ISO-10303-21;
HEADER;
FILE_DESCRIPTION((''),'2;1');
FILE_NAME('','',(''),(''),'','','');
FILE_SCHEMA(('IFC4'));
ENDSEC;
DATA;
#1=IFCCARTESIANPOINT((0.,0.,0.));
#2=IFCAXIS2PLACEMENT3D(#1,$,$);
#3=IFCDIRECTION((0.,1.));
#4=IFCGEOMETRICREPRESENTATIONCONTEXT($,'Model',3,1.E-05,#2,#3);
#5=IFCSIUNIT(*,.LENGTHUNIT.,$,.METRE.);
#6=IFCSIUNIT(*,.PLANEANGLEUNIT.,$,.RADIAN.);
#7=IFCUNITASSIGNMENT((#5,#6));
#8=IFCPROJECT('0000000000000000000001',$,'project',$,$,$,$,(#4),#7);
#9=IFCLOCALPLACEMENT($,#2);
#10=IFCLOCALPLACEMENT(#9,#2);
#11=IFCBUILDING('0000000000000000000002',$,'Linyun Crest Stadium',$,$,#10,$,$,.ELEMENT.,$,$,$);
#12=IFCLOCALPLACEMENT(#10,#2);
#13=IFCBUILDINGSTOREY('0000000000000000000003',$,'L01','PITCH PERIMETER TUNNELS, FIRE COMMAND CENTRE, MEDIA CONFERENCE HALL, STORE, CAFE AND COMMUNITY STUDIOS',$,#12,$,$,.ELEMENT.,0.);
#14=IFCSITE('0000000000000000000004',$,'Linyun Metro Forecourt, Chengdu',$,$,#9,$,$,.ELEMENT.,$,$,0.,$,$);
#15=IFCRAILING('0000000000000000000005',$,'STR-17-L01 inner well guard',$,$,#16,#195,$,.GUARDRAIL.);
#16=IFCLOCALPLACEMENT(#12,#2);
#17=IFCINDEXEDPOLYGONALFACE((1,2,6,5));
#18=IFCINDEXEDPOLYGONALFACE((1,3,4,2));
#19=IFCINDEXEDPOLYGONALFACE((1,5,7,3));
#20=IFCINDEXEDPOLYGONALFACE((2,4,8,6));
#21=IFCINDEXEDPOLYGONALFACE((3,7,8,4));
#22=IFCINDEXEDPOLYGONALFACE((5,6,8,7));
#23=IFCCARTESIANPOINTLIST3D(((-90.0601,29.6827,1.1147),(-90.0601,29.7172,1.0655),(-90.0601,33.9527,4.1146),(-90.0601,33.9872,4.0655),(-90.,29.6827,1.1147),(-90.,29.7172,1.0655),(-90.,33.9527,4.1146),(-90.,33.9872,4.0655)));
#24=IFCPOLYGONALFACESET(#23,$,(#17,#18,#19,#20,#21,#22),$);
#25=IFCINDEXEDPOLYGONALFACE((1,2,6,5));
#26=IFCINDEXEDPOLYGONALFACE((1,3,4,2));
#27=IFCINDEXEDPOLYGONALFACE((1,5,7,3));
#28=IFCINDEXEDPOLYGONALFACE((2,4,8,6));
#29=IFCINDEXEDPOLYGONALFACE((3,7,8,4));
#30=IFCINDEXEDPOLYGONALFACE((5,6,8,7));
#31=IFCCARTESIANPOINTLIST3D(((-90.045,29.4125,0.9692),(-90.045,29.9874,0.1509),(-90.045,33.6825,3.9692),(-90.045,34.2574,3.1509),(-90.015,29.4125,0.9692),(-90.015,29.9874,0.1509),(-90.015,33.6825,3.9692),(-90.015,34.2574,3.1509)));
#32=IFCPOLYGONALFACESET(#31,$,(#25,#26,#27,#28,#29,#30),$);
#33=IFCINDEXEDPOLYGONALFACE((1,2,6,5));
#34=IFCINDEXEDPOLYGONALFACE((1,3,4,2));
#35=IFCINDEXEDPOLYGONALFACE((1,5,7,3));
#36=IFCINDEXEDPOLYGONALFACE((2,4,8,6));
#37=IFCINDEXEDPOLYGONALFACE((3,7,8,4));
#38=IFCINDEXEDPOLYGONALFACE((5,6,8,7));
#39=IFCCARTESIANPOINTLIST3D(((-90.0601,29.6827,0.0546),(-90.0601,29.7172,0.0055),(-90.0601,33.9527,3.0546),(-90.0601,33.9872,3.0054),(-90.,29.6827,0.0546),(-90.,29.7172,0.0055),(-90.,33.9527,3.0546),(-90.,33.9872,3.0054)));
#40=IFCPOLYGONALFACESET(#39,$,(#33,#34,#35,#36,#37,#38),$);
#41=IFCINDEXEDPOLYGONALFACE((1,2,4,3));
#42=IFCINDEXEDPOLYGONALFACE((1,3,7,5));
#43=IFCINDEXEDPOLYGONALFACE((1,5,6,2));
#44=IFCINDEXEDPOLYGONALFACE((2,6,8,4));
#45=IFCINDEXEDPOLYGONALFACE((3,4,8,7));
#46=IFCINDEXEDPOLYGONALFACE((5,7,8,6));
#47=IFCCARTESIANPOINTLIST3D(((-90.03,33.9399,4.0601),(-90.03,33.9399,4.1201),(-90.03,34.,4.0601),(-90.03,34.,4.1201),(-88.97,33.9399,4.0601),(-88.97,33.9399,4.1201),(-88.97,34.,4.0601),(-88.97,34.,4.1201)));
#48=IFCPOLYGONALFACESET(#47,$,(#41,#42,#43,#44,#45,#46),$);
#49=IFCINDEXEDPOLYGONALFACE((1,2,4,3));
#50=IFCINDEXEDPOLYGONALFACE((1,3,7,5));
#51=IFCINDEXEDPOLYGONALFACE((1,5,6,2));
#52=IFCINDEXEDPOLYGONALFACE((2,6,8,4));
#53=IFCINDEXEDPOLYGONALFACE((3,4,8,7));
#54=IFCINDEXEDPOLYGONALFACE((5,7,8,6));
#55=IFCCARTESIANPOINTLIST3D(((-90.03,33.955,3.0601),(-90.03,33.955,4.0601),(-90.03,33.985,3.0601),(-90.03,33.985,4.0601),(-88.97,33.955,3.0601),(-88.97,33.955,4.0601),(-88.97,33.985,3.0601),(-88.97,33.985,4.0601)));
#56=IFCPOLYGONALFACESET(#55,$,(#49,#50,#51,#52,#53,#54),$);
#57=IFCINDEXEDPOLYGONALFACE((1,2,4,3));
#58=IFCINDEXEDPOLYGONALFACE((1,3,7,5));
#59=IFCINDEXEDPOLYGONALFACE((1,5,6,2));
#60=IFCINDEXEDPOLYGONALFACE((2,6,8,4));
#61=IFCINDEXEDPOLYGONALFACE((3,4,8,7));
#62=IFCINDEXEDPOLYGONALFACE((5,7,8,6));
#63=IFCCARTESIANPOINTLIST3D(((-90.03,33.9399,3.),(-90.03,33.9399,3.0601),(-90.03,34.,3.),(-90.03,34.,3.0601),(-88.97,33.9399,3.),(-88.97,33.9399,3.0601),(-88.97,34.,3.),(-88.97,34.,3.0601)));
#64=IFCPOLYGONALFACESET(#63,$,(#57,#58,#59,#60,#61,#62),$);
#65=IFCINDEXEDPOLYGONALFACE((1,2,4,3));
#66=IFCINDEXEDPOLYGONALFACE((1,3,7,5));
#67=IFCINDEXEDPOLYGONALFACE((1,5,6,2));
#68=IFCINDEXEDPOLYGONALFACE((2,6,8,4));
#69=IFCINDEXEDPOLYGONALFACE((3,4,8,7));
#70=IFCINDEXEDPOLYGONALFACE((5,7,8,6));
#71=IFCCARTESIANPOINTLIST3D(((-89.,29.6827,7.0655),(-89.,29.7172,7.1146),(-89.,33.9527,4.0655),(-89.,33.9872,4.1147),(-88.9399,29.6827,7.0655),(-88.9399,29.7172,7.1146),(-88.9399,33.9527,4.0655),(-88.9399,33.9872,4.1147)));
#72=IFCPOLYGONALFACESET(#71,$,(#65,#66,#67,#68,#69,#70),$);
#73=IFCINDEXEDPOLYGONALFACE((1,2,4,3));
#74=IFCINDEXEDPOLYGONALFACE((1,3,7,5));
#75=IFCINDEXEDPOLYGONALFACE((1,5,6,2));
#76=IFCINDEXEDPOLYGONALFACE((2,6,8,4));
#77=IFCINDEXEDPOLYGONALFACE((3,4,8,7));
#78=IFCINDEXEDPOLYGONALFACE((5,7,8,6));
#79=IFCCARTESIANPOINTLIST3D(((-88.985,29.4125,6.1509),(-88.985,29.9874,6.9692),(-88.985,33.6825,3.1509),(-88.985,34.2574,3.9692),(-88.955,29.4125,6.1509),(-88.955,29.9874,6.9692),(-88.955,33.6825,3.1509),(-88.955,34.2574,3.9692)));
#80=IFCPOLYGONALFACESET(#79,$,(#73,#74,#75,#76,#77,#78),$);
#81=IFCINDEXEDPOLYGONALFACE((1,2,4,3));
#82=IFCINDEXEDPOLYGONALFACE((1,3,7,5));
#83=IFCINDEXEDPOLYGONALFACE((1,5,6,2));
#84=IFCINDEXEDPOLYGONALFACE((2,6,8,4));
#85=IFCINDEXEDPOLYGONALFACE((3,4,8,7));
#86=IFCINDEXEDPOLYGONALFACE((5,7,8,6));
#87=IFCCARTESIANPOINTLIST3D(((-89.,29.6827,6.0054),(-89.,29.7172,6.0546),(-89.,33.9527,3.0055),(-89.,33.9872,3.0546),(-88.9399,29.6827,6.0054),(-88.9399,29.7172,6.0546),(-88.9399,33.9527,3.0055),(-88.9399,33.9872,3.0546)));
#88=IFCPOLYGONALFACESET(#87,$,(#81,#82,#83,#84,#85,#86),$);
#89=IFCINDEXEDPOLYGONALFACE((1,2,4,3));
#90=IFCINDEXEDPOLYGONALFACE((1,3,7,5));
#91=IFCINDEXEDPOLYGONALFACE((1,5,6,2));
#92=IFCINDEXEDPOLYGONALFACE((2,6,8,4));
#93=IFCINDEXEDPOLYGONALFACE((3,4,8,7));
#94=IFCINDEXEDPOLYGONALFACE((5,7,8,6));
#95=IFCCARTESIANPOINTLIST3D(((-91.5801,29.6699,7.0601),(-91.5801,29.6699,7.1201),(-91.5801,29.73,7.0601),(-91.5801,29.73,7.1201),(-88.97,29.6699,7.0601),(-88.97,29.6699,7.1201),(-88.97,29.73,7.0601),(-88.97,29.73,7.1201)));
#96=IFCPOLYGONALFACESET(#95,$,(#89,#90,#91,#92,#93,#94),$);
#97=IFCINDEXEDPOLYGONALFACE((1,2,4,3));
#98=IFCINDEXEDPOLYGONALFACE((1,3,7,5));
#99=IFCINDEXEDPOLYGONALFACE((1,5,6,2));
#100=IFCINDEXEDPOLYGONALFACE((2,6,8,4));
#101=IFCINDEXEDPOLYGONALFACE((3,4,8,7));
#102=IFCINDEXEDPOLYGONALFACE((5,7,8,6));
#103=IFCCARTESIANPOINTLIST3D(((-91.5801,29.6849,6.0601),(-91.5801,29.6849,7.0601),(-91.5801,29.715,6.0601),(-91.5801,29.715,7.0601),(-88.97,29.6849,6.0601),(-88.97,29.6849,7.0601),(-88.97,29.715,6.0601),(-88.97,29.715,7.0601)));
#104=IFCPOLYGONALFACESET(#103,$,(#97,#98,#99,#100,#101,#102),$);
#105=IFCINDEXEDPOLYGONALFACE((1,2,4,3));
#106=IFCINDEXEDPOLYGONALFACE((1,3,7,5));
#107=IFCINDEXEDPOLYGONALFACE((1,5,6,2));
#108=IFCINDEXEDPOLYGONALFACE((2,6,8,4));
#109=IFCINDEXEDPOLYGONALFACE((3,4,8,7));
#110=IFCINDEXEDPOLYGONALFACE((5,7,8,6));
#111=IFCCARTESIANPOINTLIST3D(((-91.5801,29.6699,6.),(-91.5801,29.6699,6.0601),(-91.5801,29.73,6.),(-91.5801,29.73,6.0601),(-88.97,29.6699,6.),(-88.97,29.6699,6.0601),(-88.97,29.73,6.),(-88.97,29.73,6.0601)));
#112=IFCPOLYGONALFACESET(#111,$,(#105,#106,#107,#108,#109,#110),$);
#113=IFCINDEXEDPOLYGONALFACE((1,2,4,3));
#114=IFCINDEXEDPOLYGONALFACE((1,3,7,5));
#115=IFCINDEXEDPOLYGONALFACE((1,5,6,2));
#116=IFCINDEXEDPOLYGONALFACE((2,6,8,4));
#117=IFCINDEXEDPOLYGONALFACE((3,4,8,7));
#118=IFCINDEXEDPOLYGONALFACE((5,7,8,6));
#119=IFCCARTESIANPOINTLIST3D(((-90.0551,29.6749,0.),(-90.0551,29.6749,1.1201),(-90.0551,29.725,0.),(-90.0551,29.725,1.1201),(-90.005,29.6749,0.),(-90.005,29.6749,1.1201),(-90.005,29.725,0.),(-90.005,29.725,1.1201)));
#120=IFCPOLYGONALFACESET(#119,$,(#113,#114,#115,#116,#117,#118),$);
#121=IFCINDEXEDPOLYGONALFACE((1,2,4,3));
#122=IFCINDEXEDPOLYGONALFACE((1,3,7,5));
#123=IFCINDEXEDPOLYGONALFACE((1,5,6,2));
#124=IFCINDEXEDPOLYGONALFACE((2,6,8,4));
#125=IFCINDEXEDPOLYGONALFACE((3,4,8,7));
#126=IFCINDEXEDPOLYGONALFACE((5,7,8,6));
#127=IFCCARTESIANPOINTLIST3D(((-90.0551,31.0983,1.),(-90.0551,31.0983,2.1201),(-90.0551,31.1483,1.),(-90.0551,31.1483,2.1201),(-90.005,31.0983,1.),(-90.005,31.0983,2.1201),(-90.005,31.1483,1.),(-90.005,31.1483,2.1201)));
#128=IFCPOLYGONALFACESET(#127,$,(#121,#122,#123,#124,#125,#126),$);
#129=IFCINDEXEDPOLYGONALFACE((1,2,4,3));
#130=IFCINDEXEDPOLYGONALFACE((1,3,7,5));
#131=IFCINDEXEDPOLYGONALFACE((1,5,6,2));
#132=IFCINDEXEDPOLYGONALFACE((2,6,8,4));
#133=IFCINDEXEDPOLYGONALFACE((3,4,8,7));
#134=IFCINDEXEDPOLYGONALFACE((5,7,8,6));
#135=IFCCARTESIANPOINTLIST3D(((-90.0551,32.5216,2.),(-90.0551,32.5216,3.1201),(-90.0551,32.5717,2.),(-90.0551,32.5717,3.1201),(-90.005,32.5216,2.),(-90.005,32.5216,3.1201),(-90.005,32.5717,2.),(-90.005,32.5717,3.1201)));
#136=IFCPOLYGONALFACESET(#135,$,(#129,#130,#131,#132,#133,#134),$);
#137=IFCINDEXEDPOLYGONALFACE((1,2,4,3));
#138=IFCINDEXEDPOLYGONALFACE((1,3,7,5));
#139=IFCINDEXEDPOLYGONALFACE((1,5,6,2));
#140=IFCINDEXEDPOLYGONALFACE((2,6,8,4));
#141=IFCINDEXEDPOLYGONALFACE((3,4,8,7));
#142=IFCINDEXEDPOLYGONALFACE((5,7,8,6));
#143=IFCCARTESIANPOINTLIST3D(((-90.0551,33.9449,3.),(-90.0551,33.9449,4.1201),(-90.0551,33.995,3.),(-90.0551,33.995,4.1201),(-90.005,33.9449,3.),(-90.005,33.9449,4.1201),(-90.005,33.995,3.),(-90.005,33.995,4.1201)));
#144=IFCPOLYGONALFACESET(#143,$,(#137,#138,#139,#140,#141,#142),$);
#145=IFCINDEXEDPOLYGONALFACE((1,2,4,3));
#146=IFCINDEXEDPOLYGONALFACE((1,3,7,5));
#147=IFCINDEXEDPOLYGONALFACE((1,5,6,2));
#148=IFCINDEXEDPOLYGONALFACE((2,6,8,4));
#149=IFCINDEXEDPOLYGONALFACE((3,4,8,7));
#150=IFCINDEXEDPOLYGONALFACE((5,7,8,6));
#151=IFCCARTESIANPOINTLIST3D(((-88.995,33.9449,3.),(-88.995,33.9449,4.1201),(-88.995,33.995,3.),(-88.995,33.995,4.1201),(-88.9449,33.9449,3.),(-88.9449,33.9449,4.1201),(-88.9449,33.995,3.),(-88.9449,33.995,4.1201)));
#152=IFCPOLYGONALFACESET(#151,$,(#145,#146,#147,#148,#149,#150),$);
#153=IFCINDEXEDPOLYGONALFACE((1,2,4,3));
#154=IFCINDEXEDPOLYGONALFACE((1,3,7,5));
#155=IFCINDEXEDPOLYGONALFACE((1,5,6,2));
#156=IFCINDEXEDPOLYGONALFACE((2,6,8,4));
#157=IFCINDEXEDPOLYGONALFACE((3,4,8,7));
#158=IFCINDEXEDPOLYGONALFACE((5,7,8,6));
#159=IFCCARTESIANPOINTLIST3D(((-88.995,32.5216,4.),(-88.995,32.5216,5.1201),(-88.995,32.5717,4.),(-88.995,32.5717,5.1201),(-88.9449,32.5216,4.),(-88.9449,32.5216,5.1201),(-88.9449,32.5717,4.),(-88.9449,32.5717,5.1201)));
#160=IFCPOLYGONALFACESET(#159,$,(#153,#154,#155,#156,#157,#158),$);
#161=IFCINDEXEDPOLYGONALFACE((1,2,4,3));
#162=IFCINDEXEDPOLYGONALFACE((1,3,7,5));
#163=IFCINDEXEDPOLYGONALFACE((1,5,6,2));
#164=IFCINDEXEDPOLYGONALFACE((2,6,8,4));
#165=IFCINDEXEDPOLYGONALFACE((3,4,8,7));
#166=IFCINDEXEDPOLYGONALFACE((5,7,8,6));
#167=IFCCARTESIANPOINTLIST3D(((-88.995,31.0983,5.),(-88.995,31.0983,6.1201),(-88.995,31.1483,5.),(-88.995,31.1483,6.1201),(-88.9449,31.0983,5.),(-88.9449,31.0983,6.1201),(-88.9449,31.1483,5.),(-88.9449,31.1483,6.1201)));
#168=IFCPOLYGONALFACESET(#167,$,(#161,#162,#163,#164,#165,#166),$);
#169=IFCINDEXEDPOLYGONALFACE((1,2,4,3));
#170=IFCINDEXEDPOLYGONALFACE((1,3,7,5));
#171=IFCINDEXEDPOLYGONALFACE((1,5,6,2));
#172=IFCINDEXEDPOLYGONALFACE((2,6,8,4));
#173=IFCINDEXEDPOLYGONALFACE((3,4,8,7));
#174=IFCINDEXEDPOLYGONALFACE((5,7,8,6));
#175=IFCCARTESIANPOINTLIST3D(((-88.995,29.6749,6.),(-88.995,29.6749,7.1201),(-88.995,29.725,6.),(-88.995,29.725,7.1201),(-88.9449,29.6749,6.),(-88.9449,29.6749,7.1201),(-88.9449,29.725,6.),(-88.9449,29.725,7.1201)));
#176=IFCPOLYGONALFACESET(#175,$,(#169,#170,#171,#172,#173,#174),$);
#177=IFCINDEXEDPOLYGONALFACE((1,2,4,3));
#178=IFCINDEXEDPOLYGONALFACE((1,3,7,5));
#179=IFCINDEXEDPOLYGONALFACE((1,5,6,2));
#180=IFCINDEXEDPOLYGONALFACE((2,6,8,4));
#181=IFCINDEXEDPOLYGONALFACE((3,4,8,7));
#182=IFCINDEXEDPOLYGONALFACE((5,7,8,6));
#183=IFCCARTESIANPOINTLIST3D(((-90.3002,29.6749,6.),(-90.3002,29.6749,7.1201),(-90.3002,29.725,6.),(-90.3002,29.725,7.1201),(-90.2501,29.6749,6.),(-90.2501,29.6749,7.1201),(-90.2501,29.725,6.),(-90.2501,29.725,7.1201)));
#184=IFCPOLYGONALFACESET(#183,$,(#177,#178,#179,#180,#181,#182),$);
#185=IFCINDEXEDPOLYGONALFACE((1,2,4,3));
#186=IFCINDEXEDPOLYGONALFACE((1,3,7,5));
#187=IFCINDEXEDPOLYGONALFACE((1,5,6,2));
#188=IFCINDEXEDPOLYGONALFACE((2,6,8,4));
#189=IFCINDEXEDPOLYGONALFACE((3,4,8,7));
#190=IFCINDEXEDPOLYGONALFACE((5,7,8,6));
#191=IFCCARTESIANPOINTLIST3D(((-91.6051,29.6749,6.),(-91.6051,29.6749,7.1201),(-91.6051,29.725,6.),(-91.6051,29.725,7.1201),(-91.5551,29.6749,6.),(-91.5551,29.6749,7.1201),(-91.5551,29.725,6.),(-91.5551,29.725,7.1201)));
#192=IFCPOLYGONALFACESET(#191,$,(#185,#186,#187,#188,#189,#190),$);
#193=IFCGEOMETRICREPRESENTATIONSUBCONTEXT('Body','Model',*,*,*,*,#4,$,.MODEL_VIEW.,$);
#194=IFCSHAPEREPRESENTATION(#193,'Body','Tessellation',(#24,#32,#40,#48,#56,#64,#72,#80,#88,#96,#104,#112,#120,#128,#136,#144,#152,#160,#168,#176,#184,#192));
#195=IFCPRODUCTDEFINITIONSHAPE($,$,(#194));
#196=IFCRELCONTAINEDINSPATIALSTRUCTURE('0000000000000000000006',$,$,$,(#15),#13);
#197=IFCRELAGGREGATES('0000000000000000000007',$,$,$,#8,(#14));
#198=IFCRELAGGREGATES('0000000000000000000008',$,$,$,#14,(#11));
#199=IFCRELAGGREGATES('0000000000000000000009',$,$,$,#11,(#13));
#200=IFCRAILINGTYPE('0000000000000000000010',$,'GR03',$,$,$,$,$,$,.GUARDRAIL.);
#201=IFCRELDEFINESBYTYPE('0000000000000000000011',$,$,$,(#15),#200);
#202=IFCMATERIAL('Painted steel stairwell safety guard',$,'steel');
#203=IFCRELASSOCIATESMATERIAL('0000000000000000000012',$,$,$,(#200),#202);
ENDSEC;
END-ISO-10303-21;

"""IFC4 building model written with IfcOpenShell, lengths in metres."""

from ifc_helpers import new_model, si_unit, direction, frame, origin, origin_2d, place, context, subcontext, project, spatial, rectangle, extrude, material, type_object, element, save


model = new_model("IFC4")

# Units and contexts
model_context = context("Model", 3, precision=1e-05, world=origin(), true_north=direction((0.0, 1.0)))
body_context = subcontext(model_context, "Body", "Model", "MODEL_VIEW")
ifc_project = project(units=[si_unit("LENGTHUNIT", "METRE"), si_unit("PLANEANGLEUNIT", "RADIAN")], contexts=[model_context])

# Site, building, storey
site_placement = place(None, origin())
site = spatial("IfcSite", under=ifc_project, at=site_placement, Name="Linyun Metro Forecourt, Chengdu", CompositionType="ELEMENT", RefElevation=0.0)
building_placement = place(site_placement, origin())
building = spatial("IfcBuilding", under=site, at=building_placement, Name="Linyun Crest Stadium", CompositionType="ELEMENT")
storey_placement = place(building_placement, origin())
storey = spatial("IfcBuildingStorey", under=building, at=storey_placement, Name="L01", Description="PITCH PERIMETER TUNNELS, FIRE COMMAND CENTRE, MEDIA CONFERENCE HALL, STORE, CAFE AND COMMUNITY STUDIOS", CompositionType="ELEMENT", Elevation=0.0)

# Railing
ifc_material_1 = material(Name="Painted steel stairwell safety guard", Category="steel")
railing_type_1 = type_object("IfcRailingType", Name="GR03", PredefinedType="GUARDRAIL", material=ifc_material_1)
railing_1_placement = place(storey_placement, frame((-90.03, 29.7, 0.0)))
element("IfcRailing", 1, at=railing_1_placement, inside=storey, type_object=railing_type_1, Name="STR-17-L01 inner well guard", PredefinedType="GUARDRAIL", context=body_context, shape_type="SweptSolid", body=[
    extrude(rectangle(XDim=0.0601, YDim=0.0601, at=origin_2d()), frame((0.0, 0.0, 1.0901), z_axis=(0.0, 0.818242, 0.574874), x_axis=(-1.0, 0.0, 0.0)), (0.0, 0.0, 1.0), 5.2185),
    extrude(rectangle(XDim=0.03, YDim=1.0, at=origin_2d()), frame((0.0, 0.0, 0.5601), z_axis=(0.0, 0.818242, 0.574874), x_axis=(-1.0, 0.0, 0.0)), (0.0, 0.0, 1.0), 5.2185),
    extrude(rectangle(XDim=0.0601, YDim=0.0601, at=origin_2d()), frame((0.0, 0.0, 0.03), z_axis=(0.0, 0.818242, 0.574874), x_axis=(-1.0, 0.0, 0.0)), (0.0, 0.0, 1.0), 5.2185),
    extrude(rectangle(XDim=0.0601, YDim=0.0601, at=origin_2d()), frame((0.0, 4.27, 4.0901), z_axis=(1.0, 0.0, 0.0), x_axis=(0.0, 1.0, 0.0)), (0.0, 0.0, 1.0), 1.0601),
    extrude(rectangle(XDim=0.03, YDim=1.0, at=origin_2d()), frame((0.0, 4.27, 3.5601), z_axis=(1.0, 0.0, 0.0), x_axis=(0.0, 1.0, 0.0)), (0.0, 0.0, 1.0), 1.0601),
    extrude(rectangle(XDim=0.0601, YDim=0.0601, at=origin_2d()), frame((0.0, 4.27, 3.03), z_axis=(1.0, 0.0, 0.0), x_axis=(0.0, 1.0, 0.0)), (0.0, 0.0, 1.0), 1.0601),
    extrude(rectangle(XDim=0.0601, YDim=0.0601, at=origin_2d()), frame((1.0601, 4.27, 4.0901), z_axis=(0.0, -0.818242, 0.574874), x_axis=(1.0, 0.0, 0.0)), (0.0, 0.0, 1.0), 5.2185),
    extrude(rectangle(XDim=0.03, YDim=1.0, at=origin_2d()), frame((1.0601, 4.27, 3.5601), z_axis=(0.0, -0.818242, 0.574874), x_axis=(1.0, 0.0, 0.0)), (0.0, 0.0, 1.0), 5.2185),
    extrude(rectangle(XDim=0.0601, YDim=0.0601, at=origin_2d()), frame((1.0601, 4.27, 3.03), z_axis=(0.0, -0.818242, 0.574874), x_axis=(1.0, 0.0, 0.0)), (0.0, 0.0, 1.0), 5.2185),
    extrude(rectangle(XDim=0.0601, YDim=0.0601, at=origin_2d()), frame((1.0601, 0.0, 7.0901), z_axis=(-1.0, 0.0, 0.0), x_axis=(0.0, -1.0, 0.0)), (0.0, 0.0, 1.0), 2.6101),
    extrude(rectangle(XDim=0.03, YDim=1.0, at=origin_2d()), frame((1.0601, 0.0, 6.5601), z_axis=(-1.0, 0.0, 0.0), x_axis=(0.0, -1.0, 0.0)), (0.0, 0.0, 1.0), 2.6101),
    extrude(rectangle(XDim=0.0601, YDim=0.0601, at=origin_2d()), frame((1.0601, 0.0, 6.03), z_axis=(-1.0, 0.0, 0.0), x_axis=(0.0, -1.0, 0.0)), (0.0, 0.0, 1.0), 2.6101),
    extrude(rectangle(XDim=0.05, YDim=0.05, at=origin_2d()), origin(), (0.0, 0.0, 1.0), 1.1201),
    extrude(rectangle(XDim=0.05, YDim=0.05, at=origin_2d()), frame((0.0, 1.4233, 1.0)), (0.0, 0.0, 1.0), 1.1201),
    extrude(rectangle(XDim=0.05, YDim=0.05, at=origin_2d()), frame((0.0, 2.8467, 2.0)), (0.0, 0.0, 1.0), 1.1201),
    extrude(rectangle(XDim=0.05, YDim=0.05, at=origin_2d()), frame((0.0, 4.27, 3.0)), (0.0, 0.0, 1.0), 1.1201),
    extrude(rectangle(XDim=0.05, YDim=0.05, at=origin_2d()), frame((1.0601, 4.27, 3.0)), (0.0, 0.0, 1.0), 1.1201),
    extrude(rectangle(XDim=0.05, YDim=0.05, at=origin_2d()), frame((1.0601, 2.8467, 4.0)), (0.0, 0.0, 1.0), 1.1201),
    extrude(rectangle(XDim=0.05, YDim=0.05, at=origin_2d()), frame((1.0601, 1.4233, 5.0)), (0.0, 0.0, 1.0), 1.1201),
    extrude(rectangle(XDim=0.05, YDim=0.05, at=origin_2d()), frame((1.0601, 0.0, 6.0)), (0.0, 0.0, 1.0), 1.1201),
    extrude(rectangle(XDim=0.05, YDim=0.05, at=origin_2d()), frame((-0.2451, 0.0, 6.0)), (0.0, 0.0, 1.0), 1.1201),
    extrude(rectangle(XDim=0.05, YDim=0.05, at=origin_2d()), frame((-1.55, 0.0, 6.0)), (0.0, 0.0, 1.0), 1.1201),
])

save(model, "model.ifc")
